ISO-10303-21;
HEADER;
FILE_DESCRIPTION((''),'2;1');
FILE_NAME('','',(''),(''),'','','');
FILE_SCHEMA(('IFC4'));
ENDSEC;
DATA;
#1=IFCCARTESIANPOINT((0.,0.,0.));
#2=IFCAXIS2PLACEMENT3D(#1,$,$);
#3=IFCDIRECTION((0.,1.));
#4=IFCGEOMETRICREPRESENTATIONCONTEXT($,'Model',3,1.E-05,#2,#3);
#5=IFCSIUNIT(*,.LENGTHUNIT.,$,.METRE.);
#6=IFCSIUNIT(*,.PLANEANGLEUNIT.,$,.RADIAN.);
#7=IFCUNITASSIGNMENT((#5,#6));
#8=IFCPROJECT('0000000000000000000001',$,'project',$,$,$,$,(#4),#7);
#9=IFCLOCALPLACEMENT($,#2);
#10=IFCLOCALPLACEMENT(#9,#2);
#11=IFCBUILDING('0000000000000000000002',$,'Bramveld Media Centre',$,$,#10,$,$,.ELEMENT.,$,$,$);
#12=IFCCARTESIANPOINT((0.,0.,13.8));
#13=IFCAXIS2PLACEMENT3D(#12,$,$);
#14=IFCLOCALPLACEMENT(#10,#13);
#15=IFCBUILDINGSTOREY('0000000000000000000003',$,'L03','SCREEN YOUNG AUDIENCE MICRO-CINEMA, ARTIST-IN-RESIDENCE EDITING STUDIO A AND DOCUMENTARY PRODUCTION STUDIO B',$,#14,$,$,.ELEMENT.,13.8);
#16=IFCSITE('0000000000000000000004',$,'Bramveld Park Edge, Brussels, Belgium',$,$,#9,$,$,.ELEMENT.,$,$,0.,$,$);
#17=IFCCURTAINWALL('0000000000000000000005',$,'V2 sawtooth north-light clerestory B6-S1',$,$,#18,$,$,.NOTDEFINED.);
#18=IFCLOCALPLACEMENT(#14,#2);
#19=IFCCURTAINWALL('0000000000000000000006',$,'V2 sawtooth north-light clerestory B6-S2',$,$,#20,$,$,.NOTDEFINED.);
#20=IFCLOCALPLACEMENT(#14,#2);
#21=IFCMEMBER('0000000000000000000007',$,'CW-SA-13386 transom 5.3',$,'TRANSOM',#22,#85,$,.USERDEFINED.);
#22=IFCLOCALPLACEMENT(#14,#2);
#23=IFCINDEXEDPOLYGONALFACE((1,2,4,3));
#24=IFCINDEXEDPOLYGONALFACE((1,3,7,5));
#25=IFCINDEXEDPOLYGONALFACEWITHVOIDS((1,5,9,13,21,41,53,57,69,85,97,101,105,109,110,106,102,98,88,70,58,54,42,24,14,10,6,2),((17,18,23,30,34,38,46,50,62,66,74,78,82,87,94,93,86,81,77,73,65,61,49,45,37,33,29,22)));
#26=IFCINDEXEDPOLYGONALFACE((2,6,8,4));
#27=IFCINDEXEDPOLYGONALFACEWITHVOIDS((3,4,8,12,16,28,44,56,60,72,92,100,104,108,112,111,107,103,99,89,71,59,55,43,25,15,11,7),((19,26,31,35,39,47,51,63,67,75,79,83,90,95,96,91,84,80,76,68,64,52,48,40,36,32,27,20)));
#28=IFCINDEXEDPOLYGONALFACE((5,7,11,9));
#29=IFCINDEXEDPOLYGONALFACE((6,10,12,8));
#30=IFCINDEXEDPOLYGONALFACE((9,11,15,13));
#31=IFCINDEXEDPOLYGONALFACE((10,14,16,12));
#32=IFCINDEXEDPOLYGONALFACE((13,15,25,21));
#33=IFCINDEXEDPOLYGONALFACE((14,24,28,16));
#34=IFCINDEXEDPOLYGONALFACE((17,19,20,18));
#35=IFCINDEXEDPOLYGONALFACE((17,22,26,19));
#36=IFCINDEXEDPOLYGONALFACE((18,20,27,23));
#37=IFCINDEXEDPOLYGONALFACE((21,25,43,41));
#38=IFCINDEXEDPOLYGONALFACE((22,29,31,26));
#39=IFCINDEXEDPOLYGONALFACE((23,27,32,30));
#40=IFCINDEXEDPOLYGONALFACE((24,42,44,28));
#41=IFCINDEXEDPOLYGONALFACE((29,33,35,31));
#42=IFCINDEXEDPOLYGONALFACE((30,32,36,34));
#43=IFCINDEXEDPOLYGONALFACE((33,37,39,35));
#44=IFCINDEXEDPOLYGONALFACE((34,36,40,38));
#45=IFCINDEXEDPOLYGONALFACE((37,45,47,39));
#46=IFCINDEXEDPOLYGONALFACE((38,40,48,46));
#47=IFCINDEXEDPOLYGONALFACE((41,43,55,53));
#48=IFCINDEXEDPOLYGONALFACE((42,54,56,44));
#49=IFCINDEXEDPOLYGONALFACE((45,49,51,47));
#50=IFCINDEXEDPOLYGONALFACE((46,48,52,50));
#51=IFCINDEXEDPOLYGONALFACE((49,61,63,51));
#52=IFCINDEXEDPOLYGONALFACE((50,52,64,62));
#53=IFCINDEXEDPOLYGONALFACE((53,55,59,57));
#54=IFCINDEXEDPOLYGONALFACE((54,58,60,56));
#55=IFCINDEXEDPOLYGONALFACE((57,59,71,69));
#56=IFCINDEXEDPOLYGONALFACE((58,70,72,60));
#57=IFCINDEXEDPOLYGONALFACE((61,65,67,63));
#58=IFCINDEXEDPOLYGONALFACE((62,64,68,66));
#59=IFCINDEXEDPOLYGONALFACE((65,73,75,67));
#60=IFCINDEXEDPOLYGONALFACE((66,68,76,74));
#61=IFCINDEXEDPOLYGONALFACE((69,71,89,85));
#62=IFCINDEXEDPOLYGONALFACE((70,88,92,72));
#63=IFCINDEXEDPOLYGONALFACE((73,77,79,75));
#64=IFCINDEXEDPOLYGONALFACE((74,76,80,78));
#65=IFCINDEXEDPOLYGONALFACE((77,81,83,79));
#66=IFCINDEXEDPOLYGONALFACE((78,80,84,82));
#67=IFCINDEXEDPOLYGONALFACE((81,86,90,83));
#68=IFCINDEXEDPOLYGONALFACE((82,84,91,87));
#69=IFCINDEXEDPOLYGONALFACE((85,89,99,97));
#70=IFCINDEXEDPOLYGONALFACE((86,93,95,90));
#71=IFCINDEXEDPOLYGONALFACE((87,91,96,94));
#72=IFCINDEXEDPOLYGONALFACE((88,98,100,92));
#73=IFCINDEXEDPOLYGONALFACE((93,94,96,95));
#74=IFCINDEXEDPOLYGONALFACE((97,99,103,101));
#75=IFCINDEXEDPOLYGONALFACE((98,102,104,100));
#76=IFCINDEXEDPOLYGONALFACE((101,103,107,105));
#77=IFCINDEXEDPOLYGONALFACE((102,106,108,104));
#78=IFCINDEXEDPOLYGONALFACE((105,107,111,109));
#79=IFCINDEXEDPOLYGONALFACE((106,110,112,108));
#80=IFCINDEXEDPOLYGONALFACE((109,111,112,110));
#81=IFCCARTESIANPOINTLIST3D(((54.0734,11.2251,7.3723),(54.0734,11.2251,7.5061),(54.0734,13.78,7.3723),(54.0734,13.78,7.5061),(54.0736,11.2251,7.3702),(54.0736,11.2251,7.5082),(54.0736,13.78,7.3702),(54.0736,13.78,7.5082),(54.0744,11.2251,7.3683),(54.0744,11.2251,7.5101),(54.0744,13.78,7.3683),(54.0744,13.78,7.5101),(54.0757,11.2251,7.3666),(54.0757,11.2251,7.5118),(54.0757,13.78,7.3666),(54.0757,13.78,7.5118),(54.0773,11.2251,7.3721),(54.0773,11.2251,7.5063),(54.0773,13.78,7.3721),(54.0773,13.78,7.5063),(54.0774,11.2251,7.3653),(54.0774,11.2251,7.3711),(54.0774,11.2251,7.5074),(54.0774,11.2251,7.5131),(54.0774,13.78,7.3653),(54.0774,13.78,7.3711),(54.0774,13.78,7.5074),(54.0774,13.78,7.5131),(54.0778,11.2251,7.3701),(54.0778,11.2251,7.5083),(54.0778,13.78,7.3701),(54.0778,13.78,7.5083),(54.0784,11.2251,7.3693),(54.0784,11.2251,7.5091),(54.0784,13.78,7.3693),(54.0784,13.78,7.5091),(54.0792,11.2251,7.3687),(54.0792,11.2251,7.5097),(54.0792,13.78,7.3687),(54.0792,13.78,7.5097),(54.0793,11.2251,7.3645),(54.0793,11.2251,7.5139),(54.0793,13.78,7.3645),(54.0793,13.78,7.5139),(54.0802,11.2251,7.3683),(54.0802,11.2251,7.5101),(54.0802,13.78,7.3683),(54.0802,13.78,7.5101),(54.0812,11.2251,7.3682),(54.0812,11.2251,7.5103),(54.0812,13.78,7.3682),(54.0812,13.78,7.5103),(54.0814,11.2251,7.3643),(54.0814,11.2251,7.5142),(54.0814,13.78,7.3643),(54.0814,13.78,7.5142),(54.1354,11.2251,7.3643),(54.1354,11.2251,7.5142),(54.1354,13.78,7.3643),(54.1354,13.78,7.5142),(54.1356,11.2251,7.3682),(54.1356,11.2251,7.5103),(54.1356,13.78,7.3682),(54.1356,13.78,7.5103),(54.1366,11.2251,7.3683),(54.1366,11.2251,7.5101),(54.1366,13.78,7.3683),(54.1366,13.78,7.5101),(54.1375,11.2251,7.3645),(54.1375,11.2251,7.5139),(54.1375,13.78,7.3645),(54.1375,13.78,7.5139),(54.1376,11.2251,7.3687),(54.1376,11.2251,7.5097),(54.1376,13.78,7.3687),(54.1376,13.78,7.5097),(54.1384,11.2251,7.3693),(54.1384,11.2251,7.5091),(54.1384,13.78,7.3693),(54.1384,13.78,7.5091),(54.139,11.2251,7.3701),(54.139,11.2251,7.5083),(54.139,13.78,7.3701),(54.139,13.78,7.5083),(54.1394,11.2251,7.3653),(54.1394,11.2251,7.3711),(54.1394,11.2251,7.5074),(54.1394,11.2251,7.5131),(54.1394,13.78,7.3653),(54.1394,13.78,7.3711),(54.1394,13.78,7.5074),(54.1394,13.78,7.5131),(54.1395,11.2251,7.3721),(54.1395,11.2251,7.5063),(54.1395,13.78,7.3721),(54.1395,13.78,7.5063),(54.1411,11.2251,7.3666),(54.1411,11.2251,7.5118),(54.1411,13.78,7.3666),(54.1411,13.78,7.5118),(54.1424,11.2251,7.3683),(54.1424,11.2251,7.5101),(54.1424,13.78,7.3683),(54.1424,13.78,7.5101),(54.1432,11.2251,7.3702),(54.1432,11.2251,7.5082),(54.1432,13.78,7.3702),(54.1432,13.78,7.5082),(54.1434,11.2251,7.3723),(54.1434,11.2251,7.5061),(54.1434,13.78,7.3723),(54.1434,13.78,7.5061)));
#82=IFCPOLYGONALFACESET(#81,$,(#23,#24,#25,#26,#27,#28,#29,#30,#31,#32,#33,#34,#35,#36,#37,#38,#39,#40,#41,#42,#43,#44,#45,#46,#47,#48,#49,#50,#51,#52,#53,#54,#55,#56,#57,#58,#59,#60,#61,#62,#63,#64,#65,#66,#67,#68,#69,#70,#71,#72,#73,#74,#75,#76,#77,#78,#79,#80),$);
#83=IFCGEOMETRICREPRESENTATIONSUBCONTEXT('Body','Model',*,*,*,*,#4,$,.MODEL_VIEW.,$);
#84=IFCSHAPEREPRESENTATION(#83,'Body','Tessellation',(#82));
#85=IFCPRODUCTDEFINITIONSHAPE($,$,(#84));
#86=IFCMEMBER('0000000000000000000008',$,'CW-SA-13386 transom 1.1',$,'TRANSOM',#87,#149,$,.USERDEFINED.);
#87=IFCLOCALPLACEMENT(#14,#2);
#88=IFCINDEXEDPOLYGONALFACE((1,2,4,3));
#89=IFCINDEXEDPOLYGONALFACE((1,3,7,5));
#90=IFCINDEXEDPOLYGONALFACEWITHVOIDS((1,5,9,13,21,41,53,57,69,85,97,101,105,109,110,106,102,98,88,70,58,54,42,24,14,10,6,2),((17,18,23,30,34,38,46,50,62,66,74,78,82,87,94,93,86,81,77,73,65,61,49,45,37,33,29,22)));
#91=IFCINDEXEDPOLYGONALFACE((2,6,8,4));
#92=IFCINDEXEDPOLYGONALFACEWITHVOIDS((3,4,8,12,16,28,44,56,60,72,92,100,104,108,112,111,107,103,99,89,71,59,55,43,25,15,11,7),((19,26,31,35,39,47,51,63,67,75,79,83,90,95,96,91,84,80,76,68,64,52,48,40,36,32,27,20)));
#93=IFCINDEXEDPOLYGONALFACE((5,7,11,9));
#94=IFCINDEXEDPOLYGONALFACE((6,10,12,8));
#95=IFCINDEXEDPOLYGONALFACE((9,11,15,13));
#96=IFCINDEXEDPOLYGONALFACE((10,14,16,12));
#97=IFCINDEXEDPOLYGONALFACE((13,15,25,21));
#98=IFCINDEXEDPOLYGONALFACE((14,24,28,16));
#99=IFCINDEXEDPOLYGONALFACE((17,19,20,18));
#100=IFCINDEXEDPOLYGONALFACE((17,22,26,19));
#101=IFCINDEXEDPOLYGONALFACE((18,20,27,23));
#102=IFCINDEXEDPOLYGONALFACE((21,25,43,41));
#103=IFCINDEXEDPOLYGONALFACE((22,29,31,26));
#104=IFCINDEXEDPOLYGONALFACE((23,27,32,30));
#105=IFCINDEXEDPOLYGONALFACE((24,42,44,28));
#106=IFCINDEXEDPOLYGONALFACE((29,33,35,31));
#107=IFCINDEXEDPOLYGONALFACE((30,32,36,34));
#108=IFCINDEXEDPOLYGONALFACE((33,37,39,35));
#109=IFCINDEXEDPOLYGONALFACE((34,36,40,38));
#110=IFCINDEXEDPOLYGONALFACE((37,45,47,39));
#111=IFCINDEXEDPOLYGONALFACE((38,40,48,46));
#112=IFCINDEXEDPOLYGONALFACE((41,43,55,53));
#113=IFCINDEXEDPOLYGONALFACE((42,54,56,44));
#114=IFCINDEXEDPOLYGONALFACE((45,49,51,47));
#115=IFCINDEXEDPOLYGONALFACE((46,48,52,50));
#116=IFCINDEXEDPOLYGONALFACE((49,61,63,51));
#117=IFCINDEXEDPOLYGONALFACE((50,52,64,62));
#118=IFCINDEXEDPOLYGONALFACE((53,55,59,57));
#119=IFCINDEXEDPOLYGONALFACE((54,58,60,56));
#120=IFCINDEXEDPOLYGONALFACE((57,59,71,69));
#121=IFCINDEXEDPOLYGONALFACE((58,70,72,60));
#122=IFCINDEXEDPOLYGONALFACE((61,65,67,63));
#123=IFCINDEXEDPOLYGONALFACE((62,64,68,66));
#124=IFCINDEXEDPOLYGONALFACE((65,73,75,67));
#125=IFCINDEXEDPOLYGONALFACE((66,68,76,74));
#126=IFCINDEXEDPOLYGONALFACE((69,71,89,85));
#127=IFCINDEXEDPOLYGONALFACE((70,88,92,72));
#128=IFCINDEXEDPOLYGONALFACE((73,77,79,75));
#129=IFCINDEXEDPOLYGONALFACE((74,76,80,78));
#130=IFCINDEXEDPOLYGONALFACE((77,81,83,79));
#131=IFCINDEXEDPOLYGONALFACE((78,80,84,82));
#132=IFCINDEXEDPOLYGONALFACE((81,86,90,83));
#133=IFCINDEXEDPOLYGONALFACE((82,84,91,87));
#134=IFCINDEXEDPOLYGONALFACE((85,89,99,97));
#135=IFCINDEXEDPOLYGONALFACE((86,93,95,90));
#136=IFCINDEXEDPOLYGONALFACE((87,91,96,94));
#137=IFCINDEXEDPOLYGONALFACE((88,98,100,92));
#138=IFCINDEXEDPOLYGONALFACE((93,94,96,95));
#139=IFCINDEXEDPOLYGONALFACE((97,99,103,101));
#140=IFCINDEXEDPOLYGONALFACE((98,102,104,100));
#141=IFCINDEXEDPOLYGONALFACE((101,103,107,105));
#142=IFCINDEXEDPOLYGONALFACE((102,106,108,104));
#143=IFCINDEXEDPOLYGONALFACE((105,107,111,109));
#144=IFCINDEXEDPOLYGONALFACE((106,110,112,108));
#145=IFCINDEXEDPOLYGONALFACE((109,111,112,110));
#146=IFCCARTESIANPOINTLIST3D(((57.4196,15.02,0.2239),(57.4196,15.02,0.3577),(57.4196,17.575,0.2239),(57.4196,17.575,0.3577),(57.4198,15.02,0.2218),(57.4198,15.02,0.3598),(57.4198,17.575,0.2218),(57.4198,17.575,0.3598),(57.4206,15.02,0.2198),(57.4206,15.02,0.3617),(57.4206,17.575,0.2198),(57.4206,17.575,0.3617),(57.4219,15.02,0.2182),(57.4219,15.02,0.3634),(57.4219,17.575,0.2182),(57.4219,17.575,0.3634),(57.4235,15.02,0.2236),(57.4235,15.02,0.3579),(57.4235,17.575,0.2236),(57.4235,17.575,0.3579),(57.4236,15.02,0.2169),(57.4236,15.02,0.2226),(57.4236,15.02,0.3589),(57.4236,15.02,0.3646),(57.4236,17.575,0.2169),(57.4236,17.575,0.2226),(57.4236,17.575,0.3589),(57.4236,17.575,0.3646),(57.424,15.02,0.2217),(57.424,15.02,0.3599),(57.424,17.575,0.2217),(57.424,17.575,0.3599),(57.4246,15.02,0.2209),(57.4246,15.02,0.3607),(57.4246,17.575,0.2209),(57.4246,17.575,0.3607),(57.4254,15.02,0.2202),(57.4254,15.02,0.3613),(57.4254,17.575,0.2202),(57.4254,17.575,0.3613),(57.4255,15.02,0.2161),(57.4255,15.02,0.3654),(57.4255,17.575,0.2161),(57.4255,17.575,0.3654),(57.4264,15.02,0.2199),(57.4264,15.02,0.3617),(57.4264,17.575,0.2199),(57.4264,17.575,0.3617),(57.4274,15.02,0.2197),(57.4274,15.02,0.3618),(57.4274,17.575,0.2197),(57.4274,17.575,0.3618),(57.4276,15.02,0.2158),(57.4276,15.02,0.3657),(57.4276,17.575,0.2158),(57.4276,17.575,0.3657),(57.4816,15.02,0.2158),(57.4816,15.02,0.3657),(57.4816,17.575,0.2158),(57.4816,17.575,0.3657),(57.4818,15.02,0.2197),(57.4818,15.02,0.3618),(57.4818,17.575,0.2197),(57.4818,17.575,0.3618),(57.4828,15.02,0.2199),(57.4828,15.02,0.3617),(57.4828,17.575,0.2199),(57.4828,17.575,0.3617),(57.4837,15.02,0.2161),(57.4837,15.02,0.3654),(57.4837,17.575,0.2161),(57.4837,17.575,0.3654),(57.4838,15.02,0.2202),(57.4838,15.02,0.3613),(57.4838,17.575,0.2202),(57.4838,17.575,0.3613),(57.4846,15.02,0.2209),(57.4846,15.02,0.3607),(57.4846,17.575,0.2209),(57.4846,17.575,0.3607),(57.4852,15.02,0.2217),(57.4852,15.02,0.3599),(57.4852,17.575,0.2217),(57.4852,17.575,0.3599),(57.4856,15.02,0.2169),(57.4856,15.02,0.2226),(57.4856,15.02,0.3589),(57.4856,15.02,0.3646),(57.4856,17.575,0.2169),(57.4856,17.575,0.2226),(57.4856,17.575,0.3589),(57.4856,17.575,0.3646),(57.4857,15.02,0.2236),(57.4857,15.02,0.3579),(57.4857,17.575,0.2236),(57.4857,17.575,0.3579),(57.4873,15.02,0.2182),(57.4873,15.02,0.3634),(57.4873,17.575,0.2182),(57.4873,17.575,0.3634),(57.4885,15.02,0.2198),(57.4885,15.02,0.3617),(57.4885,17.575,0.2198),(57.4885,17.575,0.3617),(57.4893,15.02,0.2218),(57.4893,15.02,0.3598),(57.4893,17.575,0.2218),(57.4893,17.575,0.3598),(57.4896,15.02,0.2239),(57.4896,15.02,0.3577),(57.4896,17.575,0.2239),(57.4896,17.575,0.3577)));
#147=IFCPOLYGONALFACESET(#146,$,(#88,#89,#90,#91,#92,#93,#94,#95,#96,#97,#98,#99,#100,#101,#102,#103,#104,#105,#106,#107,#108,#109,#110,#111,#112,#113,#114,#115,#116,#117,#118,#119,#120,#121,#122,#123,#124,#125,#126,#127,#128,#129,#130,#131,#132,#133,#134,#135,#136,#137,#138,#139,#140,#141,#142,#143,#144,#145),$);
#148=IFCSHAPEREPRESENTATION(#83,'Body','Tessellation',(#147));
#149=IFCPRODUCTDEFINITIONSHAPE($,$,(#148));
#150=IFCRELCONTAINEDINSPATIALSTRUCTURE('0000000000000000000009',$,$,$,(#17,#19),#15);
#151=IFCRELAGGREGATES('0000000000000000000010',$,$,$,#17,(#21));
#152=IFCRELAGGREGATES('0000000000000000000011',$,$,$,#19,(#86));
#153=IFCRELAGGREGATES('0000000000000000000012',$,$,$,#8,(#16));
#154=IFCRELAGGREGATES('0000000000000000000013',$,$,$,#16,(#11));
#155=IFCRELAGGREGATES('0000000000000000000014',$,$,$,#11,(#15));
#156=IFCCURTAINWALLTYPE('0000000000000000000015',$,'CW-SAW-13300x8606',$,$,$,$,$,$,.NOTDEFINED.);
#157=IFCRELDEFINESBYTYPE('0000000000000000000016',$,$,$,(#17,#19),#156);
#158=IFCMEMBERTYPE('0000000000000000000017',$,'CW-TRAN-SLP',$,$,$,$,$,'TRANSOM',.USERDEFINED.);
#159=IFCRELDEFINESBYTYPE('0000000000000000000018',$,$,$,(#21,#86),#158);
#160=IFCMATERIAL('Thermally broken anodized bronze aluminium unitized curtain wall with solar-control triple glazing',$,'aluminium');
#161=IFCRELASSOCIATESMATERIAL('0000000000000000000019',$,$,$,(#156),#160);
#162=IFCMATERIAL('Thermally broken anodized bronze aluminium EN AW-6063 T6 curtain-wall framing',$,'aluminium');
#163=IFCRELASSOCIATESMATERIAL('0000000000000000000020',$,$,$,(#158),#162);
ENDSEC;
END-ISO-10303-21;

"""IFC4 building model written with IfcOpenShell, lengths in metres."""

from ifc_helpers import new_model, si_unit, direction, frame, origin, origin_2d, place, context, subcontext, project, spatial, hollow_rectangle, extrude, material, material_profile, profile_set, type_object, element, aggregate, save


model = new_model("IFC4")

# Units and contexts
model_context = context("Model", 3, precision=1e-05, world=origin(), true_north=direction((0.0, 1.0)))
body_context = subcontext(model_context, "Body", "Model", "MODEL_VIEW")
ifc_project = project(units=[si_unit("LENGTHUNIT", "METRE"), si_unit("PLANEANGLEUNIT", "RADIAN")], contexts=[model_context])

# Site, building, storey
site_placement = place(None, origin())
site = spatial("IfcSite", under=ifc_project, at=site_placement, Name="Bramveld Park Edge, Brussels, Belgium", CompositionType="ELEMENT", RefElevation=0.0)
building_placement = place(site_placement, origin())
building = spatial("IfcBuilding", under=site, at=building_placement, Name="Bramveld Media Centre", CompositionType="ELEMENT")
storey_placement = place(building_placement, frame((0.0, 0.0, 13.8)))
storey = spatial("IfcBuildingStorey", under=building, at=storey_placement, Name="L03", Description="SCREEN YOUNG AUDIENCE MICRO-CINEMA, ARTIST-IN-RESIDENCE EDITING STUDIO A AND DOCUMENTARY PRODUCTION STUDIO B", CompositionType="ELEMENT", Elevation=13.8)

# Curtain walls
ifc_material_1 = material(Name="Thermally broken anodized bronze aluminium unitized curtain wall with solar-control triple glazing", Category="aluminium")
curtain_wall_type = type_object("IfcCurtainWallType", Name="CW-SAW-13300x8606", PredefinedType="NOTDEFINED", material=ifc_material_1)
curtain_wall_1_placement = place(storey_placement, origin())
curtain_wall_1 = element("IfcCurtainWall", 1, at=curtain_wall_1_placement, inside=storey, type_object=curtain_wall_type, Name="V2 sawtooth north-light clerestory B6-S1", PredefinedType="NOTDEFINED")
curtain_wall_2_placement = place(storey_placement, origin())
curtain_wall_2 = element("IfcCurtainWall", 2, at=curtain_wall_2_placement, inside=storey, type_object=curtain_wall_type, Name="V2 sawtooth north-light clerestory B6-S2", PredefinedType="NOTDEFINED")

# Members
ifc_material_2 = material(Name="Thermally broken anodized bronze aluminium EN AW-6063 T6 curtain-wall framing", Category="aluminium")
ifc_material_profile_1 = material_profile(ifc_material_2, hollow_rectangle(XDim=0.0701, YDim=0.1499, WallThickness=0.0039, InnerFilletRadius=0.0039, OuterFilletRadius=0.0081, at=origin_2d()), Name="AL-TRAN 70x150")
ifc_profile_set_1 = profile_set([ifc_material_profile_1], Name="Thermally broken anodized bronze aluminium EN AW-6063 T6 curtain-wall framing")
member_type_1 = type_object("IfcMemberType", Name="CW-TRAN-SLP", ElementType="TRANSOM", PredefinedType="USERDEFINED", material=ifc_profile_set_1)
member_1_placement = place(storey_placement, frame((54.1084, 11.2251, 7.4392), z_axis=(0.0, 1.0, 0.0), x_axis=(-1.0, 0.0, 0.0)))
member_1 = element("IfcMember", 3, at=member_1_placement, type_object=member_type_1, Name="CW-SA-13386 transom 5.3", ObjectType="TRANSOM", PredefinedType="USERDEFINED", context=body_context, shape_type="SweptSolid", body=[
    extrude(hollow_rectangle(XDim=0.0701, YDim=0.1499, WallThickness=0.0039, InnerFilletRadius=0.0039, OuterFilletRadius=0.0081, at=origin_2d()), origin(), (0.0, 0.0, 1.0), 2.5549),
])
member_2_placement = place(storey_placement, frame((57.4546, 15.02, 0.2908), z_axis=(0.0, 1.0, 0.0), x_axis=(-1.0, 0.0, 0.0)))
member_2 = element("IfcMember", 4, at=member_2_placement, type_object=member_type_1, Name="CW-SA-13386 transom 1.1", ObjectType="TRANSOM", PredefinedType="USERDEFINED", context=body_context, shape_type="SweptSolid", body=[
    extrude(hollow_rectangle(XDim=0.0701, YDim=0.1499, WallThickness=0.0039, InnerFilletRadius=0.0039, OuterFilletRadius=0.0081, at=origin_2d()), origin(), (0.0, 0.0, 1.0), 2.5549),
])

aggregate(curtain_wall_1, [member_1])
aggregate(curtain_wall_2, [member_2])

save(model, "model.ifc")
